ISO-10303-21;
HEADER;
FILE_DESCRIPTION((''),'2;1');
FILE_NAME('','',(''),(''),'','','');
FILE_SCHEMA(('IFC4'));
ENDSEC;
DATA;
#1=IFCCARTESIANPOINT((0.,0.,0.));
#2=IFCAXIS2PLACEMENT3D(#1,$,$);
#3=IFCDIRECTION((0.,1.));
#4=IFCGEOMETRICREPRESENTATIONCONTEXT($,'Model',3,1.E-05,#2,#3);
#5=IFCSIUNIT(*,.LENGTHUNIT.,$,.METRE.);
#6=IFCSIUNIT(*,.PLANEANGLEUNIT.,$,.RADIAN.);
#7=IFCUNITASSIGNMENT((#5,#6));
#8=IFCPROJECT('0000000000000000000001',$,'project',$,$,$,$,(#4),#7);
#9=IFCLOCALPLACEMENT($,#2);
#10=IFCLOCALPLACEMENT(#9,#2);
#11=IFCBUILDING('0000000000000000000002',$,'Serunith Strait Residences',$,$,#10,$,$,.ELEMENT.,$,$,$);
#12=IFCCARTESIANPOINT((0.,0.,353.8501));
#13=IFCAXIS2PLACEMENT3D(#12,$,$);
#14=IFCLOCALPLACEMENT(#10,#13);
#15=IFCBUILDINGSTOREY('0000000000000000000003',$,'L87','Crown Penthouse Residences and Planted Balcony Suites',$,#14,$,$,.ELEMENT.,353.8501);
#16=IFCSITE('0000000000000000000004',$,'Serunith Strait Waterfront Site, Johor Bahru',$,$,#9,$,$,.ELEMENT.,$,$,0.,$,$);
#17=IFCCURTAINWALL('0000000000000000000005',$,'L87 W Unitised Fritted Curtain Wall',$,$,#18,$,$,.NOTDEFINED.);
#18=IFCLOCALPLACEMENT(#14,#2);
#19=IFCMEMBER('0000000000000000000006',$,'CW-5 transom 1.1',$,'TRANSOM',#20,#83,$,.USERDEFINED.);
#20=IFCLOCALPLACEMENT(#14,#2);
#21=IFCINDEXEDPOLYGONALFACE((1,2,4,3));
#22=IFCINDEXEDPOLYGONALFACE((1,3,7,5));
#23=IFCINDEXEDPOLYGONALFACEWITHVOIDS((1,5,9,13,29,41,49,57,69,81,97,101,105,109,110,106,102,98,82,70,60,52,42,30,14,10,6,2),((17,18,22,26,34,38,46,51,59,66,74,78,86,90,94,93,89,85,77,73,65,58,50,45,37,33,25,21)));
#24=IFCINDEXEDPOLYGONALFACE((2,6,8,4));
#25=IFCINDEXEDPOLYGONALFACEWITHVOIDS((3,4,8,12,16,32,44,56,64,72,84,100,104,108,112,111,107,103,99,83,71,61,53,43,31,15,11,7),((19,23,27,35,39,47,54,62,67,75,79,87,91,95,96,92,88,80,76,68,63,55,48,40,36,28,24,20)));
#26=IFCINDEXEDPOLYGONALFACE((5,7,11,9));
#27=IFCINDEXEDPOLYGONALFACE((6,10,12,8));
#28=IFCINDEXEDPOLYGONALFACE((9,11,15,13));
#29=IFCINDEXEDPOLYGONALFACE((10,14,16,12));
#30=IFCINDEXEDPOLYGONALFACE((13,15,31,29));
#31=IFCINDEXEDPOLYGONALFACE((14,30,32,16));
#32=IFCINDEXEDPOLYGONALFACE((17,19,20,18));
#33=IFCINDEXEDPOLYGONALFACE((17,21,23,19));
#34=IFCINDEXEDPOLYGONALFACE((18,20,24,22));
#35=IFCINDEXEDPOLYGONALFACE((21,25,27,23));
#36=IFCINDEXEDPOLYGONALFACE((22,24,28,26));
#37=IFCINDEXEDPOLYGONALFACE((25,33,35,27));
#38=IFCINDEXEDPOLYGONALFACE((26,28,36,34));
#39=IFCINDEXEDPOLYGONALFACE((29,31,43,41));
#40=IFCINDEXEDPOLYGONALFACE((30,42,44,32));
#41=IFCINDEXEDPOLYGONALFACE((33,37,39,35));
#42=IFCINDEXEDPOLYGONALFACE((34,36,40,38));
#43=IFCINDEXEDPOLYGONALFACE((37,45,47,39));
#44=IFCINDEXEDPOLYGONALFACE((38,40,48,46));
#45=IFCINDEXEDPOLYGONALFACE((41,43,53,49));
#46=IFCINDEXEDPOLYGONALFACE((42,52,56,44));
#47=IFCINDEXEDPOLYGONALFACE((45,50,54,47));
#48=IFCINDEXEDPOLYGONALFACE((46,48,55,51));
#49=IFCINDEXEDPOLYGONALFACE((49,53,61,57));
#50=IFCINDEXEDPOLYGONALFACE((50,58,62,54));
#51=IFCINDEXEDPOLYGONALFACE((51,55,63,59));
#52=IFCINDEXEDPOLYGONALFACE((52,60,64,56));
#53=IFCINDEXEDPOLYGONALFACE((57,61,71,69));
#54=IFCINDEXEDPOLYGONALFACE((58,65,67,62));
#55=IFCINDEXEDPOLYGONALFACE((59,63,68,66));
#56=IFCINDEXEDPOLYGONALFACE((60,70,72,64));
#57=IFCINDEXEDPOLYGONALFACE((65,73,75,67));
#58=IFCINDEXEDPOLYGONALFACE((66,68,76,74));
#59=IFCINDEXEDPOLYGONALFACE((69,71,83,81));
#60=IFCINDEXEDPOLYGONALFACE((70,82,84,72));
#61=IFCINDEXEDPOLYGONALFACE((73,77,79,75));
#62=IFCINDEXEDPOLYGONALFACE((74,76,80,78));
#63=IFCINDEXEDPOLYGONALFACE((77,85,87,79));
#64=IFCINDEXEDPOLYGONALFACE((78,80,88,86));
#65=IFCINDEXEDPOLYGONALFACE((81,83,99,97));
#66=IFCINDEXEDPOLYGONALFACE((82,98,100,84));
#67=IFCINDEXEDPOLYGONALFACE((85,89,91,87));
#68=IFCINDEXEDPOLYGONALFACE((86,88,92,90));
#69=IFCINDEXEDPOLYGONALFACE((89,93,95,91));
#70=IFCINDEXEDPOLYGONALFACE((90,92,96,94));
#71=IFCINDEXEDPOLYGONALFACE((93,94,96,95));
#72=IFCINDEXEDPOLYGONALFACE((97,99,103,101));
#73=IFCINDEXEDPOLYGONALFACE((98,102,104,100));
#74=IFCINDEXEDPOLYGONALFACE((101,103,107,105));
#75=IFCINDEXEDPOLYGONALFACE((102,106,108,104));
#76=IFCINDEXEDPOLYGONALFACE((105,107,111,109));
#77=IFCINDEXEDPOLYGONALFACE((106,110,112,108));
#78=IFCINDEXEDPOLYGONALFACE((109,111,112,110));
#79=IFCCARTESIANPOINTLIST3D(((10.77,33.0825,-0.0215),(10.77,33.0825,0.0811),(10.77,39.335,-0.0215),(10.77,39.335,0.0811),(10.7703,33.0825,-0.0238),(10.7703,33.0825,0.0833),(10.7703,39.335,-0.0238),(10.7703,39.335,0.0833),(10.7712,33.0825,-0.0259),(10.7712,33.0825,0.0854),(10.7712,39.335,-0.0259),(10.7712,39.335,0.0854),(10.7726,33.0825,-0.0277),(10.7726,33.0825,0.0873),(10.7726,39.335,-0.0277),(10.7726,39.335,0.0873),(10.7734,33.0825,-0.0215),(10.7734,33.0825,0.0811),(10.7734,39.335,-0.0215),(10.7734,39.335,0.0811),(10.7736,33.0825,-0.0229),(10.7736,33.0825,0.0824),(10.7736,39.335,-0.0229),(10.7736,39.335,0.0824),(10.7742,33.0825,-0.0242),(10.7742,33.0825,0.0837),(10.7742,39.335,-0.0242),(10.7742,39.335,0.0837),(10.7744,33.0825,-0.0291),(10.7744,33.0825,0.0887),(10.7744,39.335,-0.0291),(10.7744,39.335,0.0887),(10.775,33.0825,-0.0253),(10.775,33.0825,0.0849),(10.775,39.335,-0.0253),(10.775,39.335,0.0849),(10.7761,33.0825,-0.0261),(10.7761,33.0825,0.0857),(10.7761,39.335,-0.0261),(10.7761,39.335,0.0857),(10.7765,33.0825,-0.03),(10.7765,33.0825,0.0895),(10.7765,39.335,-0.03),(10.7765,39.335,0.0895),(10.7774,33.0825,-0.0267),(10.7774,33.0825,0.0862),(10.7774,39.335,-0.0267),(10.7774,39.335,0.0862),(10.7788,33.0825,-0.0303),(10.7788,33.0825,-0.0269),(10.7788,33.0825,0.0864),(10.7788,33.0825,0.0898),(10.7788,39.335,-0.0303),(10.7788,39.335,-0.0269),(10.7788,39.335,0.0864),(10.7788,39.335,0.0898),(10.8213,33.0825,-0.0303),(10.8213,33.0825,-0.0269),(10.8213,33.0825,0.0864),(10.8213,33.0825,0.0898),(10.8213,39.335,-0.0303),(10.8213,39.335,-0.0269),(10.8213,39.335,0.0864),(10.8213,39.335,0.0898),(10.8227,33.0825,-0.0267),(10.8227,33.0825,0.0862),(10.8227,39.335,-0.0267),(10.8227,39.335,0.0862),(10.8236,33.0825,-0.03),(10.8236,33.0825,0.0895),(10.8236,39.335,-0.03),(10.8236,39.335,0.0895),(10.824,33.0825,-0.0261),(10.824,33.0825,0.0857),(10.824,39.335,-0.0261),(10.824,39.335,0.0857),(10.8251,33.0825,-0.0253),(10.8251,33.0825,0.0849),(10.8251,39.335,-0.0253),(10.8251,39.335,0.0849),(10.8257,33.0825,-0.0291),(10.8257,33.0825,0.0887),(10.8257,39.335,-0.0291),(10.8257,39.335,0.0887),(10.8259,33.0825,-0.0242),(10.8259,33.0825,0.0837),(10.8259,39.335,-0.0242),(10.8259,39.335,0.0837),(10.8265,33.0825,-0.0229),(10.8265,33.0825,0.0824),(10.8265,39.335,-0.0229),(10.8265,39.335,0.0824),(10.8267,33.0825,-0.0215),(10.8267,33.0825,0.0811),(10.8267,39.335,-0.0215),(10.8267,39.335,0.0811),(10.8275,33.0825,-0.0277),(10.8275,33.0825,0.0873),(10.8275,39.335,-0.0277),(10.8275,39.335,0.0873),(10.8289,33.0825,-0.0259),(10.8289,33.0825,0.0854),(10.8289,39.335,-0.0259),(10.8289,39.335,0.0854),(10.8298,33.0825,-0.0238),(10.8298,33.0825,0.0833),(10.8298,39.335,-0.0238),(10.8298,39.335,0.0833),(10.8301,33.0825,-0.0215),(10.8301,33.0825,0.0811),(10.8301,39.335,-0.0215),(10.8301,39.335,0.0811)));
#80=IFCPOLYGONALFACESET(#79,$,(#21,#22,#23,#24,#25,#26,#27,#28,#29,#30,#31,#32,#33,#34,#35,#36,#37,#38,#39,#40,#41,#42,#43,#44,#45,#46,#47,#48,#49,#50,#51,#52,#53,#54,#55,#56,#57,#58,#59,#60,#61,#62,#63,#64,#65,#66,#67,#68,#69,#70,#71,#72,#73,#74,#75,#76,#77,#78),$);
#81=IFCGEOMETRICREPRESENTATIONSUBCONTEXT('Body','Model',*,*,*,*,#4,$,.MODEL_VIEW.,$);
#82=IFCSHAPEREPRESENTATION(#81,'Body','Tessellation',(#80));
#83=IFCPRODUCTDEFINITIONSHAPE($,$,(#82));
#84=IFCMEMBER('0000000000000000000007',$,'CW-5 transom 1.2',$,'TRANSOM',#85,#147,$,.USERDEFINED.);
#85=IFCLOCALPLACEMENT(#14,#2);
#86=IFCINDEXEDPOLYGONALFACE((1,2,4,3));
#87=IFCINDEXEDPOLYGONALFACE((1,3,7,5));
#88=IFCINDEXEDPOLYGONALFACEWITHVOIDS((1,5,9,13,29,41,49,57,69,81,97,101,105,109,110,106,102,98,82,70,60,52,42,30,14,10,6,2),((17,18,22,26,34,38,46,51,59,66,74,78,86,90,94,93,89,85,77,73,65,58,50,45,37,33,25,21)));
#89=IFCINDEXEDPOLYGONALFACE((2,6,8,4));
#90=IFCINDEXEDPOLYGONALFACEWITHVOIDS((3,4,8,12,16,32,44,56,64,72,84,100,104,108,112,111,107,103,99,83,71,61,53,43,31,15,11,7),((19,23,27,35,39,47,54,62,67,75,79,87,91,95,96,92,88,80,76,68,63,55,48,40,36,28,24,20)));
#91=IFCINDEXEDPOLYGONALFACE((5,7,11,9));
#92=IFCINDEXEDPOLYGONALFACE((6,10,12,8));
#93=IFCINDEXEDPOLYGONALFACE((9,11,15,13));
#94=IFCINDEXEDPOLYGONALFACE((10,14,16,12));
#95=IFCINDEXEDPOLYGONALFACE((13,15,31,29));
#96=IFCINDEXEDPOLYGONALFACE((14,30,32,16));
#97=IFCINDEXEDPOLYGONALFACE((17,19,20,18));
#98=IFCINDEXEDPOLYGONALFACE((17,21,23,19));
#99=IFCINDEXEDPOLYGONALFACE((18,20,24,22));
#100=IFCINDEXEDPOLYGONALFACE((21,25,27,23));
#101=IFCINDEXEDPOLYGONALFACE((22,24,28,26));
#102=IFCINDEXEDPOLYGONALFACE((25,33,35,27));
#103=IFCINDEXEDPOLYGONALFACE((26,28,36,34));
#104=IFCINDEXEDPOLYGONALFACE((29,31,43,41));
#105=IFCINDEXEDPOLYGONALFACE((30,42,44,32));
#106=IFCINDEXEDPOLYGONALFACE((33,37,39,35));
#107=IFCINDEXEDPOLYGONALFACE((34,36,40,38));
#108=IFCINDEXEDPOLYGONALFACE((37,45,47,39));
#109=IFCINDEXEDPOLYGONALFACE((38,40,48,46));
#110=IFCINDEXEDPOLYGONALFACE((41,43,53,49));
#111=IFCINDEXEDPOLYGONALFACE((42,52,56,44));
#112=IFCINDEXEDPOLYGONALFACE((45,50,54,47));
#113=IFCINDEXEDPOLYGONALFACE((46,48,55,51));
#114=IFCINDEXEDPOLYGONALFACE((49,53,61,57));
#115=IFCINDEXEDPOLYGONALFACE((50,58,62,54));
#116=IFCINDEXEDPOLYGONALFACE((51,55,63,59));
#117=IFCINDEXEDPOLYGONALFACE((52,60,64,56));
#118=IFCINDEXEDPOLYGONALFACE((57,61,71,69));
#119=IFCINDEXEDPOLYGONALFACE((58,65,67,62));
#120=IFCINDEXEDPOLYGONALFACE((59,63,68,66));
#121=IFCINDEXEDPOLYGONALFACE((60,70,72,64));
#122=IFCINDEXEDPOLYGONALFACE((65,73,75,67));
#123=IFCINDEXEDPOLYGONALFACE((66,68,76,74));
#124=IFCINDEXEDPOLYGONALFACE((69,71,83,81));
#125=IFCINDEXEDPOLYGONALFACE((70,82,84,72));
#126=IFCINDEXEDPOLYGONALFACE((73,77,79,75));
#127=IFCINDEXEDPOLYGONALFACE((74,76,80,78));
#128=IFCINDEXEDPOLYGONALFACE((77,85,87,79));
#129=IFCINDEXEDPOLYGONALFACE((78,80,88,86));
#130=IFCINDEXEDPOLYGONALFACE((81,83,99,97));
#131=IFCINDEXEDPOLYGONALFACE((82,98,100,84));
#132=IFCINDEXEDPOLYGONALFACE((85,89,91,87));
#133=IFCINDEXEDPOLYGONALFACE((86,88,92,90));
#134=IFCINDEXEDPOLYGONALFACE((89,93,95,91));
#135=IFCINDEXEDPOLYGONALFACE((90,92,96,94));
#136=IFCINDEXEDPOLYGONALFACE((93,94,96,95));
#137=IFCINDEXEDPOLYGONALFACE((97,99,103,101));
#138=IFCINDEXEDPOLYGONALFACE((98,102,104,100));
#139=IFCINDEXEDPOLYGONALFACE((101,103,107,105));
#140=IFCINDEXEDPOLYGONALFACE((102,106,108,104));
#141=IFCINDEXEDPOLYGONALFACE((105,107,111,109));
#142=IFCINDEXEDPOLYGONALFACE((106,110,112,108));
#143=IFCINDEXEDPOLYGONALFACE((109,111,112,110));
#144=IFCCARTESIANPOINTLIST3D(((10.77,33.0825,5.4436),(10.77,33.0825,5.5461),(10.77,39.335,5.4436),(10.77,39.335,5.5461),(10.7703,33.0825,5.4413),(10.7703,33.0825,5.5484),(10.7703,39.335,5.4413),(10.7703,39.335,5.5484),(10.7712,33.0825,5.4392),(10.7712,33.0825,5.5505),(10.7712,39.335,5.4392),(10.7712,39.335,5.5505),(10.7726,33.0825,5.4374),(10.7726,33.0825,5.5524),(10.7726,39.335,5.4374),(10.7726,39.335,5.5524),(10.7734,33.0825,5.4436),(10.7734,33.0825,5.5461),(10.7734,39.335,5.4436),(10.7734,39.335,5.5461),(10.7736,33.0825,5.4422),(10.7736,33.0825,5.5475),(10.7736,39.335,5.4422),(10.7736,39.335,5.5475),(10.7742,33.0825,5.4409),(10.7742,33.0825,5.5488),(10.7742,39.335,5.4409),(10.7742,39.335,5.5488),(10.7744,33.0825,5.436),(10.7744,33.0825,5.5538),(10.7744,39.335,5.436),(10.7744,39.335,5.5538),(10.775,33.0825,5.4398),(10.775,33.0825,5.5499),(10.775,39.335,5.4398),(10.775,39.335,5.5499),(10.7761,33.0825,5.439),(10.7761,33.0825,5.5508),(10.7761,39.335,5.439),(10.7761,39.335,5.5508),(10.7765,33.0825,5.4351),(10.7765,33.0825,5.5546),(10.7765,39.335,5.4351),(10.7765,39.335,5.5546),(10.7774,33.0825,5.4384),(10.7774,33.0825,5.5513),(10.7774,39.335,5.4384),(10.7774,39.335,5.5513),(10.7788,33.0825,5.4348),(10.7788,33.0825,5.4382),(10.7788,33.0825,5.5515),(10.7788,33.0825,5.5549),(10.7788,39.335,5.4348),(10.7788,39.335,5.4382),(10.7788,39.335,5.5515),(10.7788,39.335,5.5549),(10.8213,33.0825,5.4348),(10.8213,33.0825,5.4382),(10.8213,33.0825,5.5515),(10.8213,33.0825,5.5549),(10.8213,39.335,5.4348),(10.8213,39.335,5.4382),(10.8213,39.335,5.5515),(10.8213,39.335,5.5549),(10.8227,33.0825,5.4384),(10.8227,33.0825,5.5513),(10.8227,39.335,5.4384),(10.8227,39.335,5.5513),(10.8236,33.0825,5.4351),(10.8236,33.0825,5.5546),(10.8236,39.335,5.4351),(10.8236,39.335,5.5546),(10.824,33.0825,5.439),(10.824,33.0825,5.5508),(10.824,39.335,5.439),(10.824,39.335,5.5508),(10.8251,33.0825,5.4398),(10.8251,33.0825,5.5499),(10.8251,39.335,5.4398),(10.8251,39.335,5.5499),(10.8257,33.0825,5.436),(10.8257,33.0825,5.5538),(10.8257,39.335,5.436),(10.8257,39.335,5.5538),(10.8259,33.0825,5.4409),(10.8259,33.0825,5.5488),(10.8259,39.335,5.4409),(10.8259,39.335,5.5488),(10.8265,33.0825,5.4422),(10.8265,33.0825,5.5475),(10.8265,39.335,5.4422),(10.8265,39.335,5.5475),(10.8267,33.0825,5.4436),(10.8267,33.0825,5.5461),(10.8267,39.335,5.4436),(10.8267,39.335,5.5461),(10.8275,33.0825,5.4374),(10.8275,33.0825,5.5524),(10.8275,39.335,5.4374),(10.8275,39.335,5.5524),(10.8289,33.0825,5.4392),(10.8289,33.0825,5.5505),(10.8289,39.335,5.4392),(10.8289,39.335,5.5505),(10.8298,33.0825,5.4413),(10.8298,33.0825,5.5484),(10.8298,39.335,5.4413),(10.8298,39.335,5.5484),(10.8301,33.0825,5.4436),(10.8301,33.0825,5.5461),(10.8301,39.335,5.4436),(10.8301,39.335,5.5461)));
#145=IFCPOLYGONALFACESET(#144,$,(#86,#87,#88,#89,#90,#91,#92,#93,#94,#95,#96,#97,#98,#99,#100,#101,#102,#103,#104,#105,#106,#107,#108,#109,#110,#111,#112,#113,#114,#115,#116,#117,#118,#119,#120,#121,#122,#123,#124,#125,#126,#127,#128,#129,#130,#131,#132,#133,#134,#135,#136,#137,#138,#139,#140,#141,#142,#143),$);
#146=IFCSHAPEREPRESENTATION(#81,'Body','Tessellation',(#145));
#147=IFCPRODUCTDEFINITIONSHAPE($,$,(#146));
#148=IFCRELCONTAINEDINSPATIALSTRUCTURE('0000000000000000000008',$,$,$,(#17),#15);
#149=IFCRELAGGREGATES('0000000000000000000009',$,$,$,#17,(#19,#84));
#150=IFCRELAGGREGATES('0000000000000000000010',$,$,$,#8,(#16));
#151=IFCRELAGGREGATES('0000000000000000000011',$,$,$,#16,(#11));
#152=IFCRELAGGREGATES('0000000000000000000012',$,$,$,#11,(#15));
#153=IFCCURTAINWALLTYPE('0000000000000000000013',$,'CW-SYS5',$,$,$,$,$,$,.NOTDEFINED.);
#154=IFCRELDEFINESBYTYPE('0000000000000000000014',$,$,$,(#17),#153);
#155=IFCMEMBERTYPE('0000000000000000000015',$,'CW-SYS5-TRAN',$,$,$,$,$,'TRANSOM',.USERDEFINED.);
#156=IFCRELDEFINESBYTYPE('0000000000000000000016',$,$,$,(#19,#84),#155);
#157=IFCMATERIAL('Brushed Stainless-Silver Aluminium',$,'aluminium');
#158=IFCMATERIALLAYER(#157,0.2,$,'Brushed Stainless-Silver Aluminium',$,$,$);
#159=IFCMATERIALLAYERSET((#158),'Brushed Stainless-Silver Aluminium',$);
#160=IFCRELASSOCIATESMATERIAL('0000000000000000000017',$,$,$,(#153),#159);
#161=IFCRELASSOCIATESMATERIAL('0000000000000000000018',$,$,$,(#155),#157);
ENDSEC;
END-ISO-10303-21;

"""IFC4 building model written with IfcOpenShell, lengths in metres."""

from ifc_helpers import new_model, si_unit, direction, frame, origin, origin_2d, place, context, subcontext, project, spatial, hollow_rectangle, extrude, source, transform, mapped, material, layer, layer_set, material_profile, profile_set, type_object, element, aggregate, save


model = new_model("IFC4")

# Units and contexts
model_context = context("Model", 3, precision=1e-05, world=origin(), true_north=direction((0.0, 1.0)))
body_context = subcontext(model_context, "Body", "Model", "MODEL_VIEW")
ifc_project = project(units=[si_unit("LENGTHUNIT", "METRE"), si_unit("PLANEANGLEUNIT", "RADIAN")], contexts=[model_context])

# Site, building, storey
site_placement = place(None, origin())
site = spatial("IfcSite", under=ifc_project, at=site_placement, Name="Serunith Strait Waterfront Site, Johor Bahru", CompositionType="ELEMENT", RefElevation=0.0)
building_placement = place(site_placement, origin())
building = spatial("IfcBuilding", under=site, at=building_placement, Name="Serunith Strait Residences", CompositionType="ELEMENT")
storey_placement = place(building_placement, frame((0.0, 0.0, 353.8501)))
storey = spatial("IfcBuildingStorey", under=building, at=storey_placement, Name="L87", Description="Crown Penthouse Residences and Planted Balcony Suites", CompositionType="ELEMENT", Elevation=353.8501)

# Curtain wall, members
ifc_material_1 = material(Name="Brushed Stainless-Silver Aluminium", Category="aluminium")
ifc_layer_1 = layer(ifc_material_1, 0.2, Name="Brushed Stainless-Silver Aluminium")
ifc_layer_set_1 = layer_set([ifc_layer_1], Name="Brushed Stainless-Silver Aluminium")
curtain_wall_type = type_object("IfcCurtainWallType", Name="CW-SYS5", PredefinedType="NOTDEFINED", material=ifc_layer_set_1)
curtain_wall_1_placement = place(storey_placement, origin())
curtain_wall_1 = element("IfcCurtainWall", 1, at=curtain_wall_1_placement, inside=storey, type_object=curtain_wall_type, Name="L87 W Unitised Fritted Curtain Wall", PredefinedType="NOTDEFINED")
ifc_material_profile_1 = material_profile(ifc_material_1, hollow_rectangle(XDim=0.0601, YDim=0.1201, WallThickness=0.0034, InnerFilletRadius=0.0054, OuterFilletRadius=0.0088, at=origin_2d()), Name="ALU 120x60x3.5")
ifc_profile_set_1 = profile_set([ifc_material_profile_1], Name="Brushed Stainless-Silver Aluminium")
member_type_1 = type_object("IfcMemberType", Name="CW-SYS5-TRAN", ElementType="TRANSOM", PredefinedType="USERDEFINED", material=ifc_profile_set_1)
shared_shape_1 = source(origin(), body_context, "Body", "SweptSolid", [
    extrude(hollow_rectangle(XDim=0.0601, YDim=0.1201, WallThickness=0.0034, InnerFilletRadius=0.0054, OuterFilletRadius=0.0088, at=origin_2d()), origin(), (0.0, 0.0, 1.0), 6.2524),
])
member_1_placement = place(storey_placement, frame((10.8, 39.335, 0.0298), z_axis=(0.0, -1.0, 0.0), x_axis=(1.0, 0.0, 0.0)))
member_1 = element("IfcMember", 2, at=member_1_placement, type_object=member_type_1, Name="CW-5 transom 1.1", ObjectType="TRANSOM", PredefinedType="USERDEFINED", context=body_context, shape_type="MappedRepresentation", body=[
    mapped(shared_shape_1, transform((0.0, 0.0, 0.0), scale=1.0)),
])
member_2_placement = place(storey_placement, frame((10.8, 39.335, 5.4949), z_axis=(0.0, -1.0, 0.0), x_axis=(1.0, 0.0, 0.0)))
member_2 = element("IfcMember", 3, at=member_2_placement, type_object=member_type_1, Name="CW-5 transom 1.2", ObjectType="TRANSOM", PredefinedType="USERDEFINED", context=body_context, shape_type="MappedRepresentation", body=[
    mapped(shared_shape_1, transform((0.0, 0.0, 0.0), scale=1.0)),
])

aggregate(curtain_wall_1, [member_1, member_2])

save(model, "model.ifc")
